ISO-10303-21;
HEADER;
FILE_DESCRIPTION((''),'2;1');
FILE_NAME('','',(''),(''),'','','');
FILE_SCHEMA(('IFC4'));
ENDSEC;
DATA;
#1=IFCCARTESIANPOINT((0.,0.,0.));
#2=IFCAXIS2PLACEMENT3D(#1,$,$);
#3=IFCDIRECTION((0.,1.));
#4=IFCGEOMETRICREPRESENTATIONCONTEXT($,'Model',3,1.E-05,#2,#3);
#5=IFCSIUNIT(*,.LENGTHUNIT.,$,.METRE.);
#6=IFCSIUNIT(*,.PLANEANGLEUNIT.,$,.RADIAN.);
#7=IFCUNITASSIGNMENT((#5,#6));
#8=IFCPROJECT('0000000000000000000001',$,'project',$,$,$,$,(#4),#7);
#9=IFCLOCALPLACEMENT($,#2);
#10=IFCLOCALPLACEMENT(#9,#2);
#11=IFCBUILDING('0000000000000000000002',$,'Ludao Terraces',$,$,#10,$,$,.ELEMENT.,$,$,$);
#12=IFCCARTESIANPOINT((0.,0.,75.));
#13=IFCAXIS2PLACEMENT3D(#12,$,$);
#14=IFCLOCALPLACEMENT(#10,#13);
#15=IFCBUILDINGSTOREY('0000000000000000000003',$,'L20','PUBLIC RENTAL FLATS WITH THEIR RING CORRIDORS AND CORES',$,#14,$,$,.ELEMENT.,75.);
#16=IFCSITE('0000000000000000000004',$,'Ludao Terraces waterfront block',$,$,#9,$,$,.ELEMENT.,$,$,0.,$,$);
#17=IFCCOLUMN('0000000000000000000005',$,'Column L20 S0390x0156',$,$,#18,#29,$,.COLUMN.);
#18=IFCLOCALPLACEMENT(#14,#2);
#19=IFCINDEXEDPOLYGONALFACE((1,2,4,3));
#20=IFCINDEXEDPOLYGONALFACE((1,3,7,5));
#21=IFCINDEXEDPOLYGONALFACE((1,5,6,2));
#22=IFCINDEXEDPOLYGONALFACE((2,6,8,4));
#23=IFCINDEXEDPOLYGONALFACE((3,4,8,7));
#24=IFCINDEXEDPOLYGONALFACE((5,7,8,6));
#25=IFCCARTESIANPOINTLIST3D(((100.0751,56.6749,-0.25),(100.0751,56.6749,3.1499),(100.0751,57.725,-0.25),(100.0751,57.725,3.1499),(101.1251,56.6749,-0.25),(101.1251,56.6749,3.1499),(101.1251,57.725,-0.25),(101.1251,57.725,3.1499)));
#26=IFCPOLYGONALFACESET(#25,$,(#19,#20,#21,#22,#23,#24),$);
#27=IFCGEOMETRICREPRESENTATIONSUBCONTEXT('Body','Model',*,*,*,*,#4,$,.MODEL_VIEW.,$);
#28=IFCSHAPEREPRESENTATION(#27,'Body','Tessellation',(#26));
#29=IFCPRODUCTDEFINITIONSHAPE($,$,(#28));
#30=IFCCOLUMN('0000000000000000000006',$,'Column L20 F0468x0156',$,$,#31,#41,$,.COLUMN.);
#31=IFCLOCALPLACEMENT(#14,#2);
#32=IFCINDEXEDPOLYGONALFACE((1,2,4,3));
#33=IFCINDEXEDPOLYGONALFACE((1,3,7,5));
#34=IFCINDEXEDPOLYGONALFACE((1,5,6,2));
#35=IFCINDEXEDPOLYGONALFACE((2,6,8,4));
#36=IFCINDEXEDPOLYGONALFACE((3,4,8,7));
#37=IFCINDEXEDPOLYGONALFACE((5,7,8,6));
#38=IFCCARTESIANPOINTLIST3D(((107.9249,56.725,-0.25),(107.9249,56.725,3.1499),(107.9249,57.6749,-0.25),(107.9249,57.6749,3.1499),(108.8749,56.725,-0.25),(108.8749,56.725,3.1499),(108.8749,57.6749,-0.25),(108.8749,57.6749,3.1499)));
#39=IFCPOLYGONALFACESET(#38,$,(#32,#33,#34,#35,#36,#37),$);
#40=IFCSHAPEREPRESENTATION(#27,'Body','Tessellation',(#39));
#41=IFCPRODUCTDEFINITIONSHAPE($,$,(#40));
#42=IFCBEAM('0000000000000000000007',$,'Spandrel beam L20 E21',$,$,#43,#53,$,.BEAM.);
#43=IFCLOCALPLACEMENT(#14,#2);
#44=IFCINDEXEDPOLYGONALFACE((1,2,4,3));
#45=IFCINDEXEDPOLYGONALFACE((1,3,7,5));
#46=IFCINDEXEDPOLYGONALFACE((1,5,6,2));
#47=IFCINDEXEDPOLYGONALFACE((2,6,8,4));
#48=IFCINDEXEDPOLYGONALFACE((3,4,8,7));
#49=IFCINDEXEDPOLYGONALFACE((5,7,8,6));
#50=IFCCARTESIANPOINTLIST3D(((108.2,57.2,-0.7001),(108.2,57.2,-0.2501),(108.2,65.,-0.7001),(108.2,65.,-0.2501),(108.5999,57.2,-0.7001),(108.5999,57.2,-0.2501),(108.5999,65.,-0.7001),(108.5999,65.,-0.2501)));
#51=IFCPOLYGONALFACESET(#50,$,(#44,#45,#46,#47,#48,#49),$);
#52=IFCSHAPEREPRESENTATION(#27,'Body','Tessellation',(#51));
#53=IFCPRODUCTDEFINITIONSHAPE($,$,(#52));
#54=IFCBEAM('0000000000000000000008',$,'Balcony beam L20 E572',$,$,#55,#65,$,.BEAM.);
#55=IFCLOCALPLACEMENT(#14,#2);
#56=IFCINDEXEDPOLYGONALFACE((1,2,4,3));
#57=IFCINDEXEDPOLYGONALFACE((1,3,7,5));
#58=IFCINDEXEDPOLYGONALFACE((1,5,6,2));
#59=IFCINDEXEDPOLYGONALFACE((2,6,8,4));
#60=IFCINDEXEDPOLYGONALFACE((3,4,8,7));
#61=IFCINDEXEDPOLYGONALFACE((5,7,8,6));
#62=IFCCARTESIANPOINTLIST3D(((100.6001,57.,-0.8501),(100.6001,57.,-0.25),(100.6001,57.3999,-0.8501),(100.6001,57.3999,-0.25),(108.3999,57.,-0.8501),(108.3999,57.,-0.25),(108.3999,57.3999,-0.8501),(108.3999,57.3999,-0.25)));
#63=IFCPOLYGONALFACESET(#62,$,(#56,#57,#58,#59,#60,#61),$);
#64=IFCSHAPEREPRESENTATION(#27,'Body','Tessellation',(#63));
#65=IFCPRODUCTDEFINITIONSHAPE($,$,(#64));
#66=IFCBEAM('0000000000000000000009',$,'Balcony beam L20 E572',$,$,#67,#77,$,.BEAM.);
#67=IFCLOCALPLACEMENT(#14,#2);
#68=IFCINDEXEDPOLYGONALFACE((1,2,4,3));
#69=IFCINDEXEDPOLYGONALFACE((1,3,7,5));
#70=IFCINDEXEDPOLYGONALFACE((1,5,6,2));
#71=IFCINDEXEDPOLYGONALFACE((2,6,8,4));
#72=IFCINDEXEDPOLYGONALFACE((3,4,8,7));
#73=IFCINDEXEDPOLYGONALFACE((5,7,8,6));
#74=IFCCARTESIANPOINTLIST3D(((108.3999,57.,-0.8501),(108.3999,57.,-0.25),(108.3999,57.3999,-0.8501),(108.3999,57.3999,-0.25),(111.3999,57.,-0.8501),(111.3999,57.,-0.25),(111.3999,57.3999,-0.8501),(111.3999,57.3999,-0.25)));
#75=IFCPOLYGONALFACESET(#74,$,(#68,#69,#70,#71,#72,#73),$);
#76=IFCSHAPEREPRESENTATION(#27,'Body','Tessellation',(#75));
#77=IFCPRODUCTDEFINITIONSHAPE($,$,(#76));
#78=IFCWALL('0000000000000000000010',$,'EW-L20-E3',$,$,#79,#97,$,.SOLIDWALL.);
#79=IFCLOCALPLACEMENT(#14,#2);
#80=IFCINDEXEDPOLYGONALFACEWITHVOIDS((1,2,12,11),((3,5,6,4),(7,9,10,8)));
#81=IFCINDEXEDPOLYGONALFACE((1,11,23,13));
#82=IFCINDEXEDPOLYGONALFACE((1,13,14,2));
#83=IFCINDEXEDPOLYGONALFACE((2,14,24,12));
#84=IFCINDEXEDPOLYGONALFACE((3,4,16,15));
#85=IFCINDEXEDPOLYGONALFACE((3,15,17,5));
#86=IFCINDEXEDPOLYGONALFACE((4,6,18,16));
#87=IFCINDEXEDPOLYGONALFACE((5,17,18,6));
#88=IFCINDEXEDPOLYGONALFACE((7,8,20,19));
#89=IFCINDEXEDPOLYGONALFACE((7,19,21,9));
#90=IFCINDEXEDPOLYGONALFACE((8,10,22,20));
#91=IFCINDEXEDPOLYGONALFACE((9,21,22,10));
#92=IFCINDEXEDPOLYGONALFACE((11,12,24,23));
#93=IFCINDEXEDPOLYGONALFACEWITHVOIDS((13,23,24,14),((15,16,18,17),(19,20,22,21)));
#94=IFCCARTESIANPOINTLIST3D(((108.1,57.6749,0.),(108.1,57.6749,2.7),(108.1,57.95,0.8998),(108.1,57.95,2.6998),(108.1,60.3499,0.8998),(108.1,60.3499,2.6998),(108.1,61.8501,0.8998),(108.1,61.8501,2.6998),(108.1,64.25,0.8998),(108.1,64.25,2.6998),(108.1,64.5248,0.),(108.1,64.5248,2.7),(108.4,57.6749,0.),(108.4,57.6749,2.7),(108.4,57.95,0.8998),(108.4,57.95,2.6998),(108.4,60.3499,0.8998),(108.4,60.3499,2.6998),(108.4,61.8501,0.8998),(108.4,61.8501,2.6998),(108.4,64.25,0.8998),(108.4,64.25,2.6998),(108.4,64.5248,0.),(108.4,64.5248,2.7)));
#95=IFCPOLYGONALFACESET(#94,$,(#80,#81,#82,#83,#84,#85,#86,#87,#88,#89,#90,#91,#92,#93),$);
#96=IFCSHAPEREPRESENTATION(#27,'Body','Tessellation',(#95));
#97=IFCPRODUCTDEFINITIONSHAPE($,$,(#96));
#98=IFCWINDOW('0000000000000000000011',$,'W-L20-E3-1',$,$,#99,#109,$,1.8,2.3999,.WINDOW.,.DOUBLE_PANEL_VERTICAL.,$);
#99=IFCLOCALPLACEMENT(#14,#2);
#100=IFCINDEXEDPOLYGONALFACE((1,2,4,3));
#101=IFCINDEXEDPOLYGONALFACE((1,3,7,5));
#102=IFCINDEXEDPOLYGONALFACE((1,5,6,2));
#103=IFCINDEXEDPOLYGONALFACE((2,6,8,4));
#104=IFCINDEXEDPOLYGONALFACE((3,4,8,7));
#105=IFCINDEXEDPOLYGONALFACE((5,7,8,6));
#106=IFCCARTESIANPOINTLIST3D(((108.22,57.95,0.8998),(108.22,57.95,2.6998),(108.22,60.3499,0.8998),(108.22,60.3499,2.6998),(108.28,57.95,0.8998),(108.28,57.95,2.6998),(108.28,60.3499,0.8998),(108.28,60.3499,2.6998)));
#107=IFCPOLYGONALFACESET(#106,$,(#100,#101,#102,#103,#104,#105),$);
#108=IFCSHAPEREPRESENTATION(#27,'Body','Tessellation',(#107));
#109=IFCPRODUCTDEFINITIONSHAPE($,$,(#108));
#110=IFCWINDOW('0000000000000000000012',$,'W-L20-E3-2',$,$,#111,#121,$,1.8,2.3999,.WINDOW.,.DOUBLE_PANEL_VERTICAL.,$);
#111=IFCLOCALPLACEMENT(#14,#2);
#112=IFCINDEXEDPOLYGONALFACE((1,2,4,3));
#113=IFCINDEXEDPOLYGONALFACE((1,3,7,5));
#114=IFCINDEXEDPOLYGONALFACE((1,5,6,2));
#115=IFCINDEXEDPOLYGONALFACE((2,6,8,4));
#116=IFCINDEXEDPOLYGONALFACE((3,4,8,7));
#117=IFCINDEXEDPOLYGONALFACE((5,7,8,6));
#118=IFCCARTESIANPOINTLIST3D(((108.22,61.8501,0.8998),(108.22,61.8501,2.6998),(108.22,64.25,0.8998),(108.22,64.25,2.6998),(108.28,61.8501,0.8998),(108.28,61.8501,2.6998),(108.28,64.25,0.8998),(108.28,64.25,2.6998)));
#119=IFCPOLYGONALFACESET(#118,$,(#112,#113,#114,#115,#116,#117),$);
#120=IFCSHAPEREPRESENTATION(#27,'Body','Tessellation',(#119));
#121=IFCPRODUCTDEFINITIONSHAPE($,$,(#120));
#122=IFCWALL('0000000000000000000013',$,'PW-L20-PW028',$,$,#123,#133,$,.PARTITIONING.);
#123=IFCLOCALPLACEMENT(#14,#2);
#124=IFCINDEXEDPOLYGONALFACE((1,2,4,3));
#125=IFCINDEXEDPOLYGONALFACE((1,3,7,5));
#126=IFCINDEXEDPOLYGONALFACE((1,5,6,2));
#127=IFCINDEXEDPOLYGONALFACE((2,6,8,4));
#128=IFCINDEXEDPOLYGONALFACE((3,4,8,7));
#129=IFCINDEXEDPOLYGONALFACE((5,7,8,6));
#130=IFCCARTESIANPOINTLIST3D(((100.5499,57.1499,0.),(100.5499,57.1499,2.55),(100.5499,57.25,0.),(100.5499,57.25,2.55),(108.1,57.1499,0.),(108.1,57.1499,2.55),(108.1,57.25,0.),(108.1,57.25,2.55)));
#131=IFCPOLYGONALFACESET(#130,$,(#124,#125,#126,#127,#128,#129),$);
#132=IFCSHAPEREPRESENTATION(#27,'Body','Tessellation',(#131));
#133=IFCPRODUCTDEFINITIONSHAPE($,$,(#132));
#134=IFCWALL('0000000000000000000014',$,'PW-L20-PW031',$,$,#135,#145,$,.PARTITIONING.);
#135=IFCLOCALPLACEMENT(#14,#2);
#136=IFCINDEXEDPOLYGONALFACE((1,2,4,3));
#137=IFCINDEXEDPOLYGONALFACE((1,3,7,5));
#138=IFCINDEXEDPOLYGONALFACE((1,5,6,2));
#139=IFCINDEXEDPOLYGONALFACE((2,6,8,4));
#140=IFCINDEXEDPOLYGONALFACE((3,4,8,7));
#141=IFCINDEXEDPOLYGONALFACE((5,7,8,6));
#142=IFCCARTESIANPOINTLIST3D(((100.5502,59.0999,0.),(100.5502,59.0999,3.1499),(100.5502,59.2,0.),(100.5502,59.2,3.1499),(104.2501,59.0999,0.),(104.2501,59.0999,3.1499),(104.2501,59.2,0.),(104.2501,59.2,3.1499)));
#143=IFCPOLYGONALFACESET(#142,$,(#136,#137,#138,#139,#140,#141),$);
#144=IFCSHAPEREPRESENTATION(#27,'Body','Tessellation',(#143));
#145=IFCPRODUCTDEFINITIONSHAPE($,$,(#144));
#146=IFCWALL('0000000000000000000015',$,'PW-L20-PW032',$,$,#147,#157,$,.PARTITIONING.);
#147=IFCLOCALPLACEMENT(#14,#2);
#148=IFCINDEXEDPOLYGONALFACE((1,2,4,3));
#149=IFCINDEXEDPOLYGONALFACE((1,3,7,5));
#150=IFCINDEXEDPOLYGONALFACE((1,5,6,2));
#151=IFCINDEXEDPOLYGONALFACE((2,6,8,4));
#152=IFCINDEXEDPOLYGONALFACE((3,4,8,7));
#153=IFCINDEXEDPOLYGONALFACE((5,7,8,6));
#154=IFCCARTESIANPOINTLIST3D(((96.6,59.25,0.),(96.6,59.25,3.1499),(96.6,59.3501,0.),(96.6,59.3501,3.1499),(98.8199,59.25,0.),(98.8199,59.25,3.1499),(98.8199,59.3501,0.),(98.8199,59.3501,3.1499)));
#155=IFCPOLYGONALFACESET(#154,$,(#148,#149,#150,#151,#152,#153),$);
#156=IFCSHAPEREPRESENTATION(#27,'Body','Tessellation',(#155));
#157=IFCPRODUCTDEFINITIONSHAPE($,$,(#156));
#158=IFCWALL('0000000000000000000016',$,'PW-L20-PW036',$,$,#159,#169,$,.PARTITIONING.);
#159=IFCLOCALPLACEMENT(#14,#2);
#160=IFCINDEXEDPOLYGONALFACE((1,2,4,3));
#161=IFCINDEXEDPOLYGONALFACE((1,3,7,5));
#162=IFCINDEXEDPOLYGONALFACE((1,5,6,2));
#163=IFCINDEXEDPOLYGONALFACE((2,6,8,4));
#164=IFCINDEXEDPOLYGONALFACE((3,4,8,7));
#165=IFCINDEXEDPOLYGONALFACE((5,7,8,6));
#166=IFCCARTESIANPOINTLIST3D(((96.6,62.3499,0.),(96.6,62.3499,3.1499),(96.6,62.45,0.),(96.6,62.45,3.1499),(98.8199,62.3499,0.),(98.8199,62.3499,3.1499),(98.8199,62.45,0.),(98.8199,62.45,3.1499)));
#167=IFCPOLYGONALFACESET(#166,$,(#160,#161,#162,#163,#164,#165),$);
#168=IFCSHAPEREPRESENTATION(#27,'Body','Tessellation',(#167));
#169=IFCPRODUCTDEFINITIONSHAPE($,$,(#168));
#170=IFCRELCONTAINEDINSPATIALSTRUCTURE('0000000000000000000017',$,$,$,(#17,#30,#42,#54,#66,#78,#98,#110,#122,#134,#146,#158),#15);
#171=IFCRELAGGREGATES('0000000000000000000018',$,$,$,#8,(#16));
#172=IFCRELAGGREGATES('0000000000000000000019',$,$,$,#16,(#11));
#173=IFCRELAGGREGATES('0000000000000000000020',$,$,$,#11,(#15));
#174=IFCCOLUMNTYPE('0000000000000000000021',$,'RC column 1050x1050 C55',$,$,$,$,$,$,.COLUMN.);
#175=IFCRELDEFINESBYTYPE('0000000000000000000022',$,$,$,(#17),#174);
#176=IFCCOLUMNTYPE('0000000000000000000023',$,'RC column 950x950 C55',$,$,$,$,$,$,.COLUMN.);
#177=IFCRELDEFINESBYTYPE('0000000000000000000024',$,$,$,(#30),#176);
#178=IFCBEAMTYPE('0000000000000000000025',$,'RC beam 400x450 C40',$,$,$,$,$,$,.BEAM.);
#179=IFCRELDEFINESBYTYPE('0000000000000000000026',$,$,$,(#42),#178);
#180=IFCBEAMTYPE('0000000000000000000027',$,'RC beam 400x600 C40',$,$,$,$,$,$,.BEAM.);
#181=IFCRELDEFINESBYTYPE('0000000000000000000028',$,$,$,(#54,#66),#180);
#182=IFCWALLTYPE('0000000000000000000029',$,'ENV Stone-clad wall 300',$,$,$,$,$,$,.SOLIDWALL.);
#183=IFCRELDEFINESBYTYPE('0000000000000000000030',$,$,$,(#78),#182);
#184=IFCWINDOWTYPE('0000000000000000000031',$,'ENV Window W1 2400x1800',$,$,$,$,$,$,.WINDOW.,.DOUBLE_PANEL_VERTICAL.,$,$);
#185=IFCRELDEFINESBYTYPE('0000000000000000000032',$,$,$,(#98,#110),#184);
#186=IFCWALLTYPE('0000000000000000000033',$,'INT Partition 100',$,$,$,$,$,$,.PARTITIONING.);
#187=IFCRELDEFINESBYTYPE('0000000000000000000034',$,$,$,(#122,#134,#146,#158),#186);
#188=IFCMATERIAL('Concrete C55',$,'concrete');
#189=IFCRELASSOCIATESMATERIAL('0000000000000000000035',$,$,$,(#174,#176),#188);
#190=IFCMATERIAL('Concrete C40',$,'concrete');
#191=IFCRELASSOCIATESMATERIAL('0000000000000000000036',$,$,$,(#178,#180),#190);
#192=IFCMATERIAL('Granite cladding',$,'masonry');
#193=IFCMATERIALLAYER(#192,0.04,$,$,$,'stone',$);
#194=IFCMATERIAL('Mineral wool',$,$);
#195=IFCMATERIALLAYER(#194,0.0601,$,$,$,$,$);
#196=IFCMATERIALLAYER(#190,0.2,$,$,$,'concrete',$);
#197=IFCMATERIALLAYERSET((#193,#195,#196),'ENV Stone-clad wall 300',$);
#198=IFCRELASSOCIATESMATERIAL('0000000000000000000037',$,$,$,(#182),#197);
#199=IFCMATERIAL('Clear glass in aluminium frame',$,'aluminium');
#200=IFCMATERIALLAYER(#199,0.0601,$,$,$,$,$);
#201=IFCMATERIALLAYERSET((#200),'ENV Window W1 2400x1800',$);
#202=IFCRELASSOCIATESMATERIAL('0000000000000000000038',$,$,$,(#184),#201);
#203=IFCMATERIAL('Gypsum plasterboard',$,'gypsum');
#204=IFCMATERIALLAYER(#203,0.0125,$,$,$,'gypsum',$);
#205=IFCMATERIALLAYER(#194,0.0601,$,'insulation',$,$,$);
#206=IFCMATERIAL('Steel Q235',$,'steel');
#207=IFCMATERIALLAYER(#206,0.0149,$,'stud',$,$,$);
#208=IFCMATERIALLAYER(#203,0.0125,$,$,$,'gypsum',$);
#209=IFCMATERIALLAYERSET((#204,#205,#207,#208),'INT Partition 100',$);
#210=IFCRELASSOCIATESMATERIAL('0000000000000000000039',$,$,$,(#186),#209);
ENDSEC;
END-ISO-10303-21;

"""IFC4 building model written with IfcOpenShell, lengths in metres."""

from ifc_helpers import new_model, si_unit, direction, frame, frame_2d, origin, origin_2d, place, context, subcontext, project, spatial, rectangle, extrude, material, layer, layer_set, material_profile, profile_set, type_object, element, fill, save


model = new_model("IFC4")

# Units and contexts
model_context = context("Model", 3, precision=1e-05, world=origin(), true_north=direction((0.0, 1.0)))
body_context = subcontext(model_context, "Body", "Model", "MODEL_VIEW")
ifc_project = project(units=[si_unit("LENGTHUNIT", "METRE"), si_unit("PLANEANGLEUNIT", "RADIAN")], contexts=[model_context])

# Site, building, storey
site_placement = place(None, origin())
site = spatial("IfcSite", under=ifc_project, at=site_placement, Name="Ludao Terraces waterfront block", CompositionType="ELEMENT", RefElevation=0.0)
building_placement = place(site_placement, origin())
building = spatial("IfcBuilding", under=site, at=building_placement, Name="Ludao Terraces", CompositionType="ELEMENT")
storey_placement = place(building_placement, frame((0.0, 0.0, 75.0)))
storey = spatial("IfcBuildingStorey", under=building, at=storey_placement, Name="L20", Description="PUBLIC RENTAL FLATS WITH THEIR RING CORRIDORS AND CORES", CompositionType="ELEMENT", Elevation=75.0)

# Columns
ifc_material_1 = material(Name="Concrete C55", Category="concrete")
ifc_material_profile_1 = material_profile(ifc_material_1, rectangle(XDim=1.05, YDim=1.05, at=origin_2d()), Name="1050 X 1050")
ifc_profile_set_1 = profile_set([ifc_material_profile_1], Name="Concrete C55")
column_type_1 = type_object("IfcColumnType", Name="RC column 1050x1050 C55", PredefinedType="COLUMN", material=ifc_profile_set_1)
column_1_placement = place(storey_placement, frame((100.6001, 57.2, -0.25), z_axis=(0.0, 0.0, 1.0), x_axis=(1.0, 0.0, 0.0)))
element("IfcColumn", 1, at=column_1_placement, inside=storey, type_object=column_type_1, Name="Column L20 S0390x0156", PredefinedType="COLUMN", context=body_context, shape_type="SweptSolid", body=[
    extrude(rectangle(XDim=1.05, YDim=1.05, at=origin_2d()), origin(), (0.0, 0.0, 1.0), 3.3999),
])
ifc_material_profile_2 = material_profile(ifc_material_1, rectangle(XDim=0.95, YDim=0.95, at=origin_2d()), Name="950 X 950")
ifc_profile_set_2 = profile_set([ifc_material_profile_2], Name="Concrete C55")
column_type_2 = type_object("IfcColumnType", Name="RC column 950x950 C55", PredefinedType="COLUMN", material=ifc_profile_set_2)
column_2_placement = place(storey_placement, frame((108.3999, 57.2, -0.25), z_axis=(0.0, 0.0, 1.0), x_axis=(1.0, 0.0, 0.0)))
element("IfcColumn", 2, at=column_2_placement, inside=storey, type_object=column_type_2, Name="Column L20 F0468x0156", PredefinedType="COLUMN", context=body_context, shape_type="SweptSolid", body=[
    extrude(rectangle(XDim=0.95, YDim=0.95, at=origin_2d()), origin(), (0.0, 0.0, 1.0), 3.3999),
])

# Beams
ifc_material_2 = material(Name="Concrete C40", Category="concrete")
ifc_material_profile_3 = material_profile(ifc_material_2, rectangle(XDim=0.3999, YDim=0.45, at=origin_2d()), Name="400 X 450")
ifc_profile_set_3 = profile_set([ifc_material_profile_3], Name="Concrete C40")
beam_type_1 = type_object("IfcBeamType", Name="RC beam 400x450 C40", PredefinedType="BEAM", material=ifc_profile_set_3)
beam_1_placement = place(storey_placement, frame((108.3999, 57.2, -0.4751), z_axis=(0.0, 1.0, 0.0), x_axis=(-1.0, 0.0, 0.0)))
element("IfcBeam", 3, at=beam_1_placement, inside=storey, type_object=beam_type_1, Name="Spandrel beam L20 E21", PredefinedType="BEAM", context=body_context, shape_type="SweptSolid", body=[
    extrude(rectangle(XDim=0.3999, YDim=0.45, at=origin_2d()), origin(), (0.0, 0.0, 1.0), 7.8),
])
ifc_material_profile_4 = material_profile(ifc_material_2, rectangle(XDim=0.3999, YDim=0.6001, at=origin_2d()), Name="400 X 600")
ifc_profile_set_4 = profile_set([ifc_material_profile_4], Name="Concrete C40")
beam_type_2 = type_object("IfcBeamType", Name="RC beam 400x600 C40", PredefinedType="BEAM", material=ifc_profile_set_4)
beam_2_placement = place(storey_placement, frame((100.6001, 57.2, -0.55), z_axis=(1.0, 0.0, 0.0), x_axis=(0.0, 1.0, 0.0)))
element("IfcBeam", 4, at=beam_2_placement, inside=storey, type_object=beam_type_2, Name="Balcony beam L20 E572", PredefinedType="BEAM", context=body_context, shape_type="SweptSolid", body=[
    extrude(rectangle(XDim=0.3999, YDim=0.6001, at=origin_2d()), origin(), (0.0, 0.0, 1.0), 7.7998),
])
beam_3_placement = place(storey_placement, frame((108.3999, 57.2, -0.55), z_axis=(1.0, 0.0, 0.0), x_axis=(0.0, 1.0, 0.0)))
element("IfcBeam", 5, at=beam_3_placement, inside=storey, type_object=beam_type_2, Name="Balcony beam L20 E572", PredefinedType="BEAM", context=body_context, shape_type="SweptSolid", body=[
    extrude(rectangle(XDim=0.3999, YDim=0.6001, at=origin_2d()), origin(), (0.0, 0.0, 1.0), 3.0),
])

# Wall, openings, windows
ifc_material_3 = material(Name="Granite cladding", Category="masonry")
ifc_layer_1 = layer(ifc_material_3, 0.04, Category="stone")
ifc_material_4 = material(Name="Mineral wool")
ifc_layer_2 = layer(ifc_material_4, 0.0601)
ifc_layer_3 = layer(ifc_material_2, 0.2, Category="concrete")
ifc_layer_set_1 = layer_set([ifc_layer_1, ifc_layer_2, ifc_layer_3], Name="ENV Stone-clad wall 300")
wall_type_1 = type_object("IfcWallType", Name="ENV Stone-clad wall 300", PredefinedType="SOLIDWALL", material=ifc_layer_set_1)
wall_1_placement = place(storey_placement, frame((108.25, 57.675, 0.0), z_axis=(0.0, 0.0, 1.0), x_axis=(0.0, 1.0, 0.0)))
wall_1 = element("IfcWall", 6, at=wall_1_placement, inside=storey, type_object=wall_type_1, Name="EW-L20-E3", PredefinedType="SOLIDWALL", context=body_context, shape_type="SweptSolid", body=[
    extrude(rectangle(XDim=6.8499, YDim=0.3, at=frame_2d((3.4248, 0.0))), origin(), (0.0, 0.0, 1.0), 2.7),
])
opening_1_placement = place(wall_1_placement, frame((0.2749, 0.0, 0.8999)))
opening_1 = element("IfcOpeningElement", 7, at=opening_1_placement, cuts=wall_1, PredefinedType="OPENING", context=body_context, shape_type="SweptSolid", body=[
    extrude(rectangle(XDim=2.3999, YDim=1.8, at=frame_2d((1.2, 0.8999))), frame((0.0, 0.1602, 0.0), z_axis=(0.0, -1.0, 0.0), x_axis=(1.0, 0.0, 0.0)), (0.0, 0.0, 1.0), 0.3201),
])
opening_2_placement = place(wall_1_placement, frame((4.175, 0.0, 0.8999)))
opening_2 = element("IfcOpeningElement", 8, at=opening_2_placement, cuts=wall_1, PredefinedType="OPENING", context=body_context, shape_type="SweptSolid", body=[
    extrude(rectangle(XDim=2.3999, YDim=1.8, at=frame_2d((1.2, 0.8999))), frame((0.0, 0.1602, 0.0), z_axis=(0.0, -1.0, 0.0), x_axis=(1.0, 0.0, 0.0)), (0.0, 0.0, 1.0), 0.3201),
])
ifc_material_5 = material(Name="Clear glass in aluminium frame", Category="aluminium")
ifc_layer_4 = layer(ifc_material_5, 0.0601)
ifc_layer_set_2 = layer_set([ifc_layer_4], Name="ENV Window W1 2400x1800")
window_type = type_object("IfcWindowType", Name="ENV Window W1 2400x1800", PartitioningType="DOUBLE_PANEL_VERTICAL", PredefinedType="WINDOW", material=ifc_layer_set_2)
window_1_placement = place(opening_1_placement, origin())
window_1 = element("IfcWindow", 9, at=window_1_placement, inside=storey, type_object=window_type, Name="W-L20-E3-1", OverallHeight=1.8, OverallWidth=2.3999, PartitioningType="DOUBLE_PANEL_VERTICAL", PredefinedType="WINDOW", context=body_context, shape_type="SweptSolid", body=[
    extrude(rectangle(XDim=2.3999, YDim=1.8, at=frame_2d((1.2, 0.8999))), frame((0.0, 0.03, 0.0), z_axis=(0.0, -1.0, 0.0), x_axis=(1.0, 0.0, 0.0)), (0.0, 0.0, 1.0), 0.0601),
])
fill(opening_1, window_1)
window_2_placement = place(opening_2_placement, origin())
window_2 = element("IfcWindow", 10, at=window_2_placement, inside=storey, type_object=window_type, Name="W-L20-E3-2", OverallHeight=1.8, OverallWidth=2.3999, PartitioningType="DOUBLE_PANEL_VERTICAL", PredefinedType="WINDOW", context=body_context, shape_type="SweptSolid", body=[
    extrude(rectangle(XDim=2.3999, YDim=1.8, at=frame_2d((1.2, 0.8999))), frame((0.0, 0.03, 0.0), z_axis=(0.0, -1.0, 0.0), x_axis=(1.0, 0.0, 0.0)), (0.0, 0.0, 1.0), 0.0601),
])
fill(opening_2, window_2)

# Walls
ifc_material_6 = material(Name="Gypsum plasterboard", Category="gypsum")
ifc_layer_5 = layer(ifc_material_6, 0.0125, Category="gypsum")
ifc_layer_6 = layer(ifc_material_4, 0.0601, Name="insulation")
ifc_material_7 = material(Name="Steel Q235", Category="steel")
ifc_layer_7 = layer(ifc_material_7, 0.0149, Name="stud")
ifc_layer_8 = layer(ifc_material_6, 0.0125, Category="gypsum")
ifc_layer_set_3 = layer_set([ifc_layer_5, ifc_layer_6, ifc_layer_7, ifc_layer_8], Name="INT Partition 100")
wall_type_2 = type_object("IfcWallType", Name="INT Partition 100", PredefinedType="PARTITIONING", material=ifc_layer_set_3)
wall_2_placement = place(storey_placement, frame((100.55, 57.2, 0.0), z_axis=(0.0, 0.0, 1.0), x_axis=(1.0, 0.0, 0.0)))
element("IfcWall", 11, at=wall_2_placement, inside=storey, type_object=wall_type_2, Name="PW-L20-PW028", PredefinedType="PARTITIONING", context=body_context, shape_type="SweptSolid", body=[
    extrude(rectangle(XDim=7.55, YDim=0.1001, at=frame_2d((3.7749, 0.0))), origin(), (0.0, 0.0, 1.0), 2.55),
])
wall_3_placement = place(storey_placement, frame((100.55, 59.1499, 0.0), z_axis=(0.0, 0.0, 1.0), x_axis=(1.0, 0.0, 0.0)))
element("IfcWall", 12, at=wall_3_placement, inside=storey, type_object=wall_type_2, Name="PW-L20-PW031", PredefinedType="PARTITIONING", context=body_context, shape_type="SweptSolid", body=[
    extrude(rectangle(XDim=3.7, YDim=0.1001, at=frame_2d((1.8501, 0.0))), origin(), (0.0, 0.0, 1.0), 3.1499),
])
for number, where, z_axis, x_axis, name in (
    (13, (96.6001, 59.3, 0.0), (0.0, 0.0, 1.0), (1.0, 0.0, 0.0), "PW-L20-PW032"),
    (14, (96.6001, 62.3999, 0.0), (0.0, 0.0, 1.0), (1.0, 0.0, 0.0), "PW-L20-PW036"),
):
    element("IfcWall", number, at=place(storey_placement, frame(where, z_axis=z_axis, x_axis=x_axis)), inside=storey, type_object=wall_type_2, Name=name, PredefinedType="PARTITIONING", context=body_context, shape_type="SweptSolid", body=[
        extrude(rectangle(XDim=2.22, YDim=0.1001, at=frame_2d((1.1099, 0.0))), origin(), (0.0, 0.0, 1.0), 3.1499),
    ])

save(model, "model.ifc")
